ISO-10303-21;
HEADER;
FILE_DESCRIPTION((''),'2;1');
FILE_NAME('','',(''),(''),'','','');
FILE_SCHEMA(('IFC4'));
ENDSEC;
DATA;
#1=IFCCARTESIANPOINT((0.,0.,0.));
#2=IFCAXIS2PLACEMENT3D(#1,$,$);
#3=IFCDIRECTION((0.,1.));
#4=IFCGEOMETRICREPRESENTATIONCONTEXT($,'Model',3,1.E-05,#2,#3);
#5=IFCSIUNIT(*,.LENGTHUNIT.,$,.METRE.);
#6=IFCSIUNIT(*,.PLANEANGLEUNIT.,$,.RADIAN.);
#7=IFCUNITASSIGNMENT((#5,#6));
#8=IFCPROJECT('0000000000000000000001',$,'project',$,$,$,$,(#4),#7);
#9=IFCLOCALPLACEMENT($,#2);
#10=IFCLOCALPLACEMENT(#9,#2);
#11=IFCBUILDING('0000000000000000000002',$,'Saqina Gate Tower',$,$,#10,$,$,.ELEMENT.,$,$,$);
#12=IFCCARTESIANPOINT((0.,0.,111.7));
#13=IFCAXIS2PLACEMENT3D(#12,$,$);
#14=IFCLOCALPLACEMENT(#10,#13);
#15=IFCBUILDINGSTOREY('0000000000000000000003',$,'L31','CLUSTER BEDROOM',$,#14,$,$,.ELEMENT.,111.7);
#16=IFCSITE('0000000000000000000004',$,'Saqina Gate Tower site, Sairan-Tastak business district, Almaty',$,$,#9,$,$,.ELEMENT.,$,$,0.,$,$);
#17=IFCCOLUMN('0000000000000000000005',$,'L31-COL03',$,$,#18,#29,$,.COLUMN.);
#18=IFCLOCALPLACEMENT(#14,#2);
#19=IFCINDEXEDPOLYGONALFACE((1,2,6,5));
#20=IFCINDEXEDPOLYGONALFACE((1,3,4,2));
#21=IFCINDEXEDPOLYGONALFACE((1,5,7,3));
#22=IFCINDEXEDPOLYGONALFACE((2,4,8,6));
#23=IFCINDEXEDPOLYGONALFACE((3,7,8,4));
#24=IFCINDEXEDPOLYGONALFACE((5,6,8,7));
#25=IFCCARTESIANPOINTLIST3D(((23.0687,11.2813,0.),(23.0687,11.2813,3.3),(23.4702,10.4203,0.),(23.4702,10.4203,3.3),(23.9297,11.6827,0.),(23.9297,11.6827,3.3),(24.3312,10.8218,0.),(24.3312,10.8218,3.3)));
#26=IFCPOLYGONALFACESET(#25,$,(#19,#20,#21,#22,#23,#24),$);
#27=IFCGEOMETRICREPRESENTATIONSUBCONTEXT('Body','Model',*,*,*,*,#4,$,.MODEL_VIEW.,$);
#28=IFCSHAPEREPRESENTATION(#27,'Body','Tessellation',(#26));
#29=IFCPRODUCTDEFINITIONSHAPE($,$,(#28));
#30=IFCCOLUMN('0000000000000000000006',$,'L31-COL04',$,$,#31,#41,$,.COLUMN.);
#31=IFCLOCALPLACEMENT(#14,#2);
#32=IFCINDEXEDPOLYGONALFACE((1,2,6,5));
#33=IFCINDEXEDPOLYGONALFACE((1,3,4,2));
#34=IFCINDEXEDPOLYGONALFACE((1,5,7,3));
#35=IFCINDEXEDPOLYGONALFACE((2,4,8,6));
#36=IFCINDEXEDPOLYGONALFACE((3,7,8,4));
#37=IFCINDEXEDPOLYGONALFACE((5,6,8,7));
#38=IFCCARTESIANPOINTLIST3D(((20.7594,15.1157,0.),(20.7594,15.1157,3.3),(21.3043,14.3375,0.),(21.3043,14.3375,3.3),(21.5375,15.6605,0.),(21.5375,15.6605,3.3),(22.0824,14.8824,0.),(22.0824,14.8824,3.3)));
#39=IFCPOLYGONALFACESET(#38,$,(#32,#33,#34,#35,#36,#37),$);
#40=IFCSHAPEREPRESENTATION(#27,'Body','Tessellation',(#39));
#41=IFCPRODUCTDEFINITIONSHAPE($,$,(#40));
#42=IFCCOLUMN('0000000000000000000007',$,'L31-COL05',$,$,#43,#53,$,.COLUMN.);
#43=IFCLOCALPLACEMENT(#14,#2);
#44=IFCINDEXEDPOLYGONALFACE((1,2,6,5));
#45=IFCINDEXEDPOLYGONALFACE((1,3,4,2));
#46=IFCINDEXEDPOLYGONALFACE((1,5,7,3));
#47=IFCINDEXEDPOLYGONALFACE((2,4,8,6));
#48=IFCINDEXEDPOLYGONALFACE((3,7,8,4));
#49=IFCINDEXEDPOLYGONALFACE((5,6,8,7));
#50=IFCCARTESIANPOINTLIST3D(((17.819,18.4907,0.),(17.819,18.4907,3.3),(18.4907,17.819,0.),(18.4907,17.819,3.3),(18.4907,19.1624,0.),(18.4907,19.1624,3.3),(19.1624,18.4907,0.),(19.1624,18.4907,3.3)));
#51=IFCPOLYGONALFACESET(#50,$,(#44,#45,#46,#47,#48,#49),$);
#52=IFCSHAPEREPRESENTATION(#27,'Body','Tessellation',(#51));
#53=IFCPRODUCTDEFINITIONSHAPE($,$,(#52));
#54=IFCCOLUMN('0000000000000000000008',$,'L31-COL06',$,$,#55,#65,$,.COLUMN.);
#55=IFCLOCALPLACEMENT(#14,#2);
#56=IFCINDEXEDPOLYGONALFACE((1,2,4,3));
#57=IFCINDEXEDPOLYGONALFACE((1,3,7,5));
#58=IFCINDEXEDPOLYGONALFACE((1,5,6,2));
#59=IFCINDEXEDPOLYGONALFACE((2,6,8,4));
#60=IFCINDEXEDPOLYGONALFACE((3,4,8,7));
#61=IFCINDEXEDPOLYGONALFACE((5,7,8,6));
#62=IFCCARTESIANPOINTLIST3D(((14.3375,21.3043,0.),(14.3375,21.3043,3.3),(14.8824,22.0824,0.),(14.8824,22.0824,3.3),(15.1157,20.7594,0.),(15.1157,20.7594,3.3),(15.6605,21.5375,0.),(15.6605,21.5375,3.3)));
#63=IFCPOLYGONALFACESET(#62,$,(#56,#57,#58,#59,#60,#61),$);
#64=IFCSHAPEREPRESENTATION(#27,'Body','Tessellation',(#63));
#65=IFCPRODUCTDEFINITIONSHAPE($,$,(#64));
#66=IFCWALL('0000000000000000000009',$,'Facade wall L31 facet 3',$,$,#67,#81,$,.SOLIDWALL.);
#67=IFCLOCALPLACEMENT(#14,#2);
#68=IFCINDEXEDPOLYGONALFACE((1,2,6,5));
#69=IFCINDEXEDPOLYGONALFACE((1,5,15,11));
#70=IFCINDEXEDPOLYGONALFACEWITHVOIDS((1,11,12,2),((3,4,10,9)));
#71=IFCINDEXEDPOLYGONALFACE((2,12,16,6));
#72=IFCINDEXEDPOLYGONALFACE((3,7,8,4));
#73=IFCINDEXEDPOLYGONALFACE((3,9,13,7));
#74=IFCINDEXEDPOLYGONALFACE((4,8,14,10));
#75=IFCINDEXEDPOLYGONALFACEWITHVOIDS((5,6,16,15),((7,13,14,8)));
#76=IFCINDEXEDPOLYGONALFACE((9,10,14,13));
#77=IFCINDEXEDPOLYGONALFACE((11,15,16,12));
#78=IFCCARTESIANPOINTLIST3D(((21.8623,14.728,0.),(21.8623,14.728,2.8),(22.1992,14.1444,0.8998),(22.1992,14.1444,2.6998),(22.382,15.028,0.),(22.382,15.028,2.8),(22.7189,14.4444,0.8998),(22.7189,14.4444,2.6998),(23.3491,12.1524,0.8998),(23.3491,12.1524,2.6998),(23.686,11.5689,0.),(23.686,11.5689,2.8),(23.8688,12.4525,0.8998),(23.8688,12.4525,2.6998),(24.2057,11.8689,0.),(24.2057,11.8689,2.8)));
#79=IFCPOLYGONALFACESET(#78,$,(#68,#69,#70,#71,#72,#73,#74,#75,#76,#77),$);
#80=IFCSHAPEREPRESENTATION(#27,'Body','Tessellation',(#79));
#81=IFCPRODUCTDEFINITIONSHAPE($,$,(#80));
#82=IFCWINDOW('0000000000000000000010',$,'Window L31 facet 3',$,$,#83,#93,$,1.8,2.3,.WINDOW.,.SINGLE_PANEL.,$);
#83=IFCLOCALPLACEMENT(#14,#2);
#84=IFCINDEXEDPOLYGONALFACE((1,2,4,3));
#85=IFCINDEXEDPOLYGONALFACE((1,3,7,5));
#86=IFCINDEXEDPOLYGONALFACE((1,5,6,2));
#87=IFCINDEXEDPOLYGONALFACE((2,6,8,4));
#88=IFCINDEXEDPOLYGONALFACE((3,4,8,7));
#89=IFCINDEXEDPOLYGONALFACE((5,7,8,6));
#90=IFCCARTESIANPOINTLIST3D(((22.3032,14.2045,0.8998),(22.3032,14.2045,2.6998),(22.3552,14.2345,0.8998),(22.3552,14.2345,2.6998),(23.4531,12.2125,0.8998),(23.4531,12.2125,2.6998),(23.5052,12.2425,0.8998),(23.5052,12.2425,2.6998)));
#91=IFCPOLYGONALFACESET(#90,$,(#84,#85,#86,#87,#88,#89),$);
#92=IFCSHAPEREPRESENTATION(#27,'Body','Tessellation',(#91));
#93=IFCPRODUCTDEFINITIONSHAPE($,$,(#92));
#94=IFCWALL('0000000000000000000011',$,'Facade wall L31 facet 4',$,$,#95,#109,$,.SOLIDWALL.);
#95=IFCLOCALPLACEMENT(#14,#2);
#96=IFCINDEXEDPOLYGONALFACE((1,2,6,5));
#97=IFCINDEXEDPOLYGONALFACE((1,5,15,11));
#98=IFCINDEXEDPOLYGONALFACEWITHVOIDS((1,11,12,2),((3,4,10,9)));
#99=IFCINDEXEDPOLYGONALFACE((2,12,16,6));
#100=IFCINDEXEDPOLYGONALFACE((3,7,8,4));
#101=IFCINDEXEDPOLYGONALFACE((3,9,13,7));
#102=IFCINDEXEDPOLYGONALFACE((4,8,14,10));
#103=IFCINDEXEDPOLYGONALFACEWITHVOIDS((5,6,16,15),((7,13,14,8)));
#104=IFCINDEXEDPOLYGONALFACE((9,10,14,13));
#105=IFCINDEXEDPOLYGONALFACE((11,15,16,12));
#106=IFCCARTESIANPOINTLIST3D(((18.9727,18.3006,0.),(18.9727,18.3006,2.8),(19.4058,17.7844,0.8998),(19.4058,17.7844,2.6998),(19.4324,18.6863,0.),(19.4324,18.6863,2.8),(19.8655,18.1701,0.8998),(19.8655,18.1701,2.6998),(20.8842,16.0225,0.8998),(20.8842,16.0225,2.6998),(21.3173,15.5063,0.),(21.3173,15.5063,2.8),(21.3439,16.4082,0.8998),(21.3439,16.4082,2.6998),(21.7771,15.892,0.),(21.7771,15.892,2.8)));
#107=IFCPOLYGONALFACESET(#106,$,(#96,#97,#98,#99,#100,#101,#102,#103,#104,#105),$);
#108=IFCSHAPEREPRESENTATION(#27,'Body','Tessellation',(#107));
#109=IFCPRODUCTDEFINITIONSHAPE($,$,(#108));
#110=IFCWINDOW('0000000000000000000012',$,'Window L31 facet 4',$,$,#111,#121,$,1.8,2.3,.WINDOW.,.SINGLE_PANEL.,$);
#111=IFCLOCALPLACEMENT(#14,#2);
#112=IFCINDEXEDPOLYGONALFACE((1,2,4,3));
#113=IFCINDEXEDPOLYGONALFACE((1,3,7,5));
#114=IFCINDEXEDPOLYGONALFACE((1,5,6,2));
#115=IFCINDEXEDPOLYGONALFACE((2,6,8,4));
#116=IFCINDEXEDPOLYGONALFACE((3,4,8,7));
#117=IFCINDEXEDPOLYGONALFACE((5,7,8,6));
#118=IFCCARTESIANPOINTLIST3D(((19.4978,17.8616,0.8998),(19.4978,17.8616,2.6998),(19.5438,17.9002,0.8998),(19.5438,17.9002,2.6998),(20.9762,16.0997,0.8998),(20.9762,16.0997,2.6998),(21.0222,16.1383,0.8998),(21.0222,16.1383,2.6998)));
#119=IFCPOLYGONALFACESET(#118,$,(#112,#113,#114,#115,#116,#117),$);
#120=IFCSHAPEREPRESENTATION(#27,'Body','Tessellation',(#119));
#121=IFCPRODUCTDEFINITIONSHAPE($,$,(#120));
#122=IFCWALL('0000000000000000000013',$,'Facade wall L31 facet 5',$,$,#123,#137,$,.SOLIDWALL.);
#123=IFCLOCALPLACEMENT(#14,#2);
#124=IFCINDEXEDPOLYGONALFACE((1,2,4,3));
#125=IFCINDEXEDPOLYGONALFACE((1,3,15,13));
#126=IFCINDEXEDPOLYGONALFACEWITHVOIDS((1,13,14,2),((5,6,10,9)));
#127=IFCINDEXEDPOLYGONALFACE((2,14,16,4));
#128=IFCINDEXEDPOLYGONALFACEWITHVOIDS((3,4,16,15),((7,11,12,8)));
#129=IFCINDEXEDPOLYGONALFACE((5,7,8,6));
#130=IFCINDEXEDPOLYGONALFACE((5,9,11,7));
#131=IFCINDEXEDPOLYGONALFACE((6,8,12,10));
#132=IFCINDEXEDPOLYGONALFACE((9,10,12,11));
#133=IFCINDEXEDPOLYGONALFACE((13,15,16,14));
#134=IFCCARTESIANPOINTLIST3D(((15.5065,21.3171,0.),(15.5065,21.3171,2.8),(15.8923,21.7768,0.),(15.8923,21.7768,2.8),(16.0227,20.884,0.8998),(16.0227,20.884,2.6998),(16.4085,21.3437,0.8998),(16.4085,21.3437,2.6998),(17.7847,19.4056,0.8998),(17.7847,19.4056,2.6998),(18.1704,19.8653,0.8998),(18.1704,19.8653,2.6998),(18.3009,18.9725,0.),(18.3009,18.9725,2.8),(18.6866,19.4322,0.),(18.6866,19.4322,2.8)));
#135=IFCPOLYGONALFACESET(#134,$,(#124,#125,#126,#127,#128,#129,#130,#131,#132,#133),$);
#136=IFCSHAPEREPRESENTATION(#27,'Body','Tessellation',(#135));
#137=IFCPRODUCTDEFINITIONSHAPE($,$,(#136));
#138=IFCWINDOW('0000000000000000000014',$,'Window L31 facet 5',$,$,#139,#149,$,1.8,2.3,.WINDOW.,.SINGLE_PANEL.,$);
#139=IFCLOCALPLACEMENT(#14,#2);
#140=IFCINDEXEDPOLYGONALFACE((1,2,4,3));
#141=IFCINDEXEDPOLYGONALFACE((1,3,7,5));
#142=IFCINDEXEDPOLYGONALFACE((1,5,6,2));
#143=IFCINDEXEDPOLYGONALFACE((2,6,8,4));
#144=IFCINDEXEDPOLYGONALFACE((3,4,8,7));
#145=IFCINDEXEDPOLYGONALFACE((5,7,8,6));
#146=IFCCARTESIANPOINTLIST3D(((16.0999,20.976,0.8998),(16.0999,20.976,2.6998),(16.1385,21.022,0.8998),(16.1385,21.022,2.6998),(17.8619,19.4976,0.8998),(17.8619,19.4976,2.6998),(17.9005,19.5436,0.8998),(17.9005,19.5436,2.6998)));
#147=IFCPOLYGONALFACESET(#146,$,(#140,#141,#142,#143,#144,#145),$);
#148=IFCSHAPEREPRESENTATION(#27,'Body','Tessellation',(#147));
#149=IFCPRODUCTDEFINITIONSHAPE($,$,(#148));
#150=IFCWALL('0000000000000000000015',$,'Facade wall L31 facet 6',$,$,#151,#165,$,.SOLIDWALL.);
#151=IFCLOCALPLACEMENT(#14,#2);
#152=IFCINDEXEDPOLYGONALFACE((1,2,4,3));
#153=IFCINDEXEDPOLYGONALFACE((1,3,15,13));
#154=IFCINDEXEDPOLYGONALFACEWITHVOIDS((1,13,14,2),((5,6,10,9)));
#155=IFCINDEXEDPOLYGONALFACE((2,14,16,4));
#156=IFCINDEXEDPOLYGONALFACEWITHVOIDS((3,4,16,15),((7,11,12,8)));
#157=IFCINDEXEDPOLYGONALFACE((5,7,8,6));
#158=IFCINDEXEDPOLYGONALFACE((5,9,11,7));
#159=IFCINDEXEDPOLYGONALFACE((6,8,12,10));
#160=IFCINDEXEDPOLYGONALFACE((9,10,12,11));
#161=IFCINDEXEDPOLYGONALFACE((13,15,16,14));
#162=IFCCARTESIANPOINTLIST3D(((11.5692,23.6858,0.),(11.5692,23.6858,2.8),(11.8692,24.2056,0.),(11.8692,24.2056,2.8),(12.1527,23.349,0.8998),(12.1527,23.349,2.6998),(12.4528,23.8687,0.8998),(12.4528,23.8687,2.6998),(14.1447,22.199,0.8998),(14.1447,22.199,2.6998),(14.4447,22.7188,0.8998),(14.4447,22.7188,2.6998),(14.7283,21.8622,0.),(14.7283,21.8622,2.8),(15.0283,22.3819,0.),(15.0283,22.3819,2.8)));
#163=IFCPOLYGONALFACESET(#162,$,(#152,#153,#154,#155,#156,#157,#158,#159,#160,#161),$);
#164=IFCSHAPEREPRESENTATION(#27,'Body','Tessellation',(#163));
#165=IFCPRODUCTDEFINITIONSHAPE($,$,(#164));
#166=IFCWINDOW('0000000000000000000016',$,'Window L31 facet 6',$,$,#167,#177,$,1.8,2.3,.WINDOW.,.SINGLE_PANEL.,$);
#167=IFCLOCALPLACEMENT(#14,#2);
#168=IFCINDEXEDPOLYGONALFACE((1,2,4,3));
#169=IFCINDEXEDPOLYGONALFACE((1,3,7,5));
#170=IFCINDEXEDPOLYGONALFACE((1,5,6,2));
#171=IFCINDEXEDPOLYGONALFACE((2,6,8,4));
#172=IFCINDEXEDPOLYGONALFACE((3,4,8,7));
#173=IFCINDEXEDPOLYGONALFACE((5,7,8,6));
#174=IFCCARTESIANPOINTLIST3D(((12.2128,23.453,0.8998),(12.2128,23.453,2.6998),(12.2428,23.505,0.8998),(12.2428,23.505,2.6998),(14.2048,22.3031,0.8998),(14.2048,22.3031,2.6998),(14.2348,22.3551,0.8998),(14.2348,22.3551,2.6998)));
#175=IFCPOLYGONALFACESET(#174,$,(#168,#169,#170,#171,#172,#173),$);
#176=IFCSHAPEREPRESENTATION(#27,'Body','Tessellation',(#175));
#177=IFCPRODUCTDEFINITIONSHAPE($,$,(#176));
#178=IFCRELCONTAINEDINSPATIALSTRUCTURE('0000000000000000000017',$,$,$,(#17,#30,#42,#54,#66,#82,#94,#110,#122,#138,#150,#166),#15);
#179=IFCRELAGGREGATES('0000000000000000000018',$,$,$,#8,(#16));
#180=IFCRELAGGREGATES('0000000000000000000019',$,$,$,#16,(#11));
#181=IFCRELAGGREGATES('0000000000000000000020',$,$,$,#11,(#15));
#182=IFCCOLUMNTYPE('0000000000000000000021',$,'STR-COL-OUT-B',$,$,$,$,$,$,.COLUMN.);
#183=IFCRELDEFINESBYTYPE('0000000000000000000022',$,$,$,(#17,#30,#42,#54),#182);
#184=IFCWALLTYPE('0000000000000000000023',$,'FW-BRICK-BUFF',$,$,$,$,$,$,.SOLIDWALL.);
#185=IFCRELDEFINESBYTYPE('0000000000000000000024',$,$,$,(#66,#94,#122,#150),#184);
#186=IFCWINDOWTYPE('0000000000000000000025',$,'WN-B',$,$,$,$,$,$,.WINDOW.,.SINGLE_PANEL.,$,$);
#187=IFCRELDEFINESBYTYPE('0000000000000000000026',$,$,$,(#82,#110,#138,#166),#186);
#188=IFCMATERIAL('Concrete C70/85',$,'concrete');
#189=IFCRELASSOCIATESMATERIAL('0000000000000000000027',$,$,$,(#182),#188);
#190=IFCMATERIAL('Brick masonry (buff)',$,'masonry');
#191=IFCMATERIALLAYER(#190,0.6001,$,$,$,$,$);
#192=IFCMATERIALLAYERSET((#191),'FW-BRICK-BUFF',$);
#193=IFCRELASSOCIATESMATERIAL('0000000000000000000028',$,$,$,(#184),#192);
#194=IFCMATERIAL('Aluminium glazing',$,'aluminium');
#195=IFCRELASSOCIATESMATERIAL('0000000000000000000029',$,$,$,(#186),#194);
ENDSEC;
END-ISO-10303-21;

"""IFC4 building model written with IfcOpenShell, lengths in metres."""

from ifc_helpers import new_model, si_unit, direction, frame, frame_2d, origin, origin_2d, place, context, subcontext, project, spatial, rectangle, extrude, material, layer, layer_set, material_profile, profile_set, type_object, element, fill, save


model = new_model("IFC4")

# Units and contexts
model_context = context("Model", 3, precision=1e-05, world=origin(), true_north=direction((0.0, 1.0)))
body_context = subcontext(model_context, "Body", "Model", "MODEL_VIEW")
ifc_project = project(units=[si_unit("LENGTHUNIT", "METRE"), si_unit("PLANEANGLEUNIT", "RADIAN")], contexts=[model_context])

# Site, building, storey
site_placement = place(None, origin())
site = spatial("IfcSite", under=ifc_project, at=site_placement, Name="Saqina Gate Tower site, Sairan-Tastak business district, Almaty", CompositionType="ELEMENT", RefElevation=0.0)
building_placement = place(site_placement, origin())
building = spatial("IfcBuilding", under=site, at=building_placement, Name="Saqina Gate Tower", CompositionType="ELEMENT")
storey_placement = place(building_placement, frame((0.0, 0.0, 111.7)))
storey = spatial("IfcBuildingStorey", under=building, at=storey_placement, Name="L31", Description="CLUSTER BEDROOM", CompositionType="ELEMENT", Elevation=111.7)

# Columns
ifc_material_1 = material(Name="Concrete C70/85", Category="concrete")
ifc_material_profile = material_profile(ifc_material_1, rectangle(XDim=0.95, YDim=0.95, at=origin_2d()), Name="RC 950x950")
ifc_profile_set = profile_set([ifc_material_profile], Name="Concrete C70/85")
column_type = type_object("IfcColumnType", Name="STR-COL-OUT-B", PredefinedType="COLUMN", material=ifc_profile_set)
for number, where, z_axis, x_axis, name in (
    (1, (23.7, 11.0515, 0.0), (0.0, 0.0, 1.0), (0.906308, 0.422618, 0.0), "L31-COL03"),
    (2, (21.4209, 14.999, 0.0), (0.0, 0.0, 1.0), (0.819152, 0.573576, 0.0), "L31-COL04"),
    (3, (18.4907, 18.4907, 0.0), (0.0, 0.0, 1.0), (0.707107, 0.707107, 0.0), "L31-COL05"),
    (4, (14.999, 21.4209, 0.0), (0.0, 0.0, 1.0), (0.573576, 0.819152, 0.0), "L31-COL06"),
):
    element("IfcColumn", number, at=place(storey_placement, frame(where, z_axis=z_axis, x_axis=x_axis)), inside=storey, type_object=column_type, Name=name, PredefinedType="COLUMN", context=body_context, shape_type="SweptSolid", body=[
        extrude(rectangle(XDim=0.95, YDim=0.95, at=origin_2d()), origin(), (0.0, 0.0, 1.0), 3.3),
    ])

# Walls, openings, windows
ifc_material_2 = material(Name="Brick masonry (buff)", Category="masonry")
ifc_layer_1 = layer(ifc_material_2, 0.6001)
ifc_layer_set_1 = layer_set([ifc_layer_1], Name="FW-BRICK-BUFF")
wall_type_1 = type_object("IfcWallType", Name="FW-BRICK-BUFF", PredefinedType="SOLIDWALL", material=ifc_layer_set_1)
wall_1_placement = place(storey_placement, frame((23.9458, 11.719, 0.0), z_axis=(0.0, 0.0, 1.0), x_axis=(-0.499954, 0.866052, 0.0)))
wall_1 = element("IfcWall", 5, at=wall_1_placement, inside=storey, type_object=wall_type_1, Name="Facade wall L31 facet 3", PredefinedType="SOLIDWALL", context=body_context, shape_type="SweptSolid", body=[
    extrude(rectangle(XDim=3.6477, YDim=0.6001, at=frame_2d((1.8237, 0.0))), origin(), (0.0, 0.0, 1.0), 2.8),
])
opening_1_placement = place(wall_1_placement, frame((0.6738, 0.0, 0.8999)))
opening_1 = element("IfcOpeningElement", 6, at=opening_1_placement, cuts=wall_1, PredefinedType="OPENING", context=body_context, shape_type="SweptSolid", body=[
    extrude(rectangle(XDim=2.3, YDim=1.8, at=frame_2d((1.1499, 0.8999))), frame((0.0, 0.312, 0.0), z_axis=(0.0, -1.0, 0.0), x_axis=(1.0, 0.0, 0.0)), (0.0, 0.0, 1.0), 0.624),
])
ifc_material_3 = material(Name="Aluminium glazing", Category="aluminium")
window_type = type_object("IfcWindowType", Name="WN-B", PartitioningType="SINGLE_PANEL", PredefinedType="WINDOW", material=ifc_material_3)
window_1_placement = place(opening_1_placement, origin())
window_1 = element("IfcWindow", 7, at=window_1_placement, inside=storey, type_object=window_type, Name="Window L31 facet 3", OverallHeight=1.8, OverallWidth=2.3, PartitioningType="SINGLE_PANEL", PredefinedType="WINDOW", context=body_context, shape_type="SweptSolid", body=[
    extrude(rectangle(XDim=2.3, YDim=1.8, at=frame_2d((1.1499, 0.8999))), frame((0.0, 0.1799, 0.0), z_axis=(0.0, -1.0, 0.0), x_axis=(1.0, 0.0, 0.0)), (0.0, 0.0, 1.0), 0.0601),
])
fill(opening_1, window_1)
wall_2_placement = place(storey_placement, frame((21.5471, 15.6992, 0.0), z_axis=(0.0, 0.0, 1.0), x_axis=(-0.642774, 0.766055, 0.0)))
wall_2 = element("IfcWall", 8, at=wall_2_placement, inside=storey, type_object=wall_type_1, Name="Facade wall L31 facet 4", PredefinedType="SOLIDWALL", context=body_context, shape_type="SweptSolid", body=[
    extrude(rectangle(XDim=3.6477, YDim=0.6001, at=frame_2d((1.8237, 0.0))), origin(), (0.0, 0.0, 1.0), 2.8),
])
opening_2_placement = place(wall_2_placement, frame((0.6738, 0.0, 0.8999)))
opening_2 = element("IfcOpeningElement", 9, at=opening_2_placement, cuts=wall_2, PredefinedType="OPENING", context=body_context, shape_type="SweptSolid", body=[
    extrude(rectangle(XDim=2.3, YDim=1.8, at=frame_2d((1.1499, 0.8999))), frame((0.0, 0.312, 0.0), z_axis=(0.0, -1.0, 0.0), x_axis=(1.0, 0.0, 0.0)), (0.0, 0.0, 1.0), 0.624),
])
window_2_placement = place(opening_2_placement, origin())
window_2 = element("IfcWindow", 10, at=window_2_placement, inside=storey, type_object=window_type, Name="Window L31 facet 4", OverallHeight=1.8, OverallWidth=2.3, PartitioningType="SINGLE_PANEL", PredefinedType="WINDOW", context=body_context, shape_type="SweptSolid", body=[
    extrude(rectangle(XDim=2.3, YDim=1.8, at=frame_2d((1.1499, 0.8999))), frame((0.0, 0.1799, 0.0), z_axis=(0.0, -1.0, 0.0), x_axis=(1.0, 0.0, 0.0)), (0.0, 0.0, 1.0), 0.0601),
])
fill(opening_2, window_2)
wall_3_placement = place(storey_placement, frame((18.4937, 19.2024, 0.0), z_axis=(0.0, 0.0, 1.0), x_axis=(-0.766055, 0.642774, 0.0)))
wall_3 = element("IfcWall", 11, at=wall_3_placement, inside=storey, type_object=wall_type_1, Name="Facade wall L31 facet 5", PredefinedType="SOLIDWALL", context=body_context, shape_type="SweptSolid", body=[
    extrude(rectangle(XDim=3.6477, YDim=0.6001, at=frame_2d((1.8237, 0.0))), origin(), (0.0, 0.0, 1.0), 2.8),
])
opening_3_placement = place(wall_3_placement, frame((0.6738, 0.0, 0.8999)))
opening_3 = element("IfcOpeningElement", 12, at=opening_3_placement, cuts=wall_3, PredefinedType="OPENING", context=body_context, shape_type="SweptSolid", body=[
    extrude(rectangle(XDim=2.3, YDim=1.8, at=frame_2d((1.1499, 0.8999))), frame((0.0, 0.312, 0.0), z_axis=(0.0, -1.0, 0.0), x_axis=(1.0, 0.0, 0.0)), (0.0, 0.0, 1.0), 0.624),
])
window_3_placement = place(opening_3_placement, origin())
window_3 = element("IfcWindow", 13, at=window_3_placement, inside=storey, type_object=window_type, Name="Window L31 facet 5", OverallHeight=1.8, OverallWidth=2.3, PartitioningType="SINGLE_PANEL", PredefinedType="WINDOW", context=body_context, shape_type="SweptSolid", body=[
    extrude(rectangle(XDim=2.3, YDim=1.8, at=frame_2d((1.1499, 0.8999))), frame((0.0, 0.1799, 0.0), z_axis=(0.0, -1.0, 0.0), x_axis=(1.0, 0.0, 0.0)), (0.0, 0.0, 1.0), 0.0601),
])
fill(opening_3, window_3)
wall_4_placement = place(storey_placement, frame((14.8782, 22.1221, 0.0), z_axis=(0.0, 0.0, 1.0), x_axis=(-0.866052, 0.499954, 0.0)))
wall_4 = element("IfcWall", 14, at=wall_4_placement, inside=storey, type_object=wall_type_1, Name="Facade wall L31 facet 6", PredefinedType="SOLIDWALL", context=body_context, shape_type="SweptSolid", body=[
    extrude(rectangle(XDim=3.6477, YDim=0.6001, at=frame_2d((1.8237, 0.0))), origin(), (0.0, 0.0, 1.0), 2.8),
])
opening_4_placement = place(wall_4_placement, frame((0.6738, 0.0, 0.8999)))
opening_4 = element("IfcOpeningElement", 15, at=opening_4_placement, cuts=wall_4, PredefinedType="OPENING", context=body_context, shape_type="SweptSolid", body=[
    extrude(rectangle(XDim=2.3, YDim=1.8, at=frame_2d((1.1499, 0.8999))), frame((0.0, 0.312, 0.0), z_axis=(0.0, -1.0, 0.0), x_axis=(1.0, 0.0, 0.0)), (0.0, 0.0, 1.0), 0.624),
])
window_4_placement = place(opening_4_placement, origin())
window_4 = element("IfcWindow", 16, at=window_4_placement, inside=storey, type_object=window_type, Name="Window L31 facet 6", OverallHeight=1.8, OverallWidth=2.3, PartitioningType="SINGLE_PANEL", PredefinedType="WINDOW", context=body_context, shape_type="SweptSolid", body=[
    extrude(rectangle(XDim=2.3, YDim=1.8, at=frame_2d((1.1499, 0.8999))), frame((0.0, 0.1799, 0.0), z_axis=(0.0, -1.0, 0.0), x_axis=(1.0, 0.0, 0.0)), (0.0, 0.0, 1.0), 0.0601),
])
fill(opening_4, window_4)

save(model, "model.ifc")
